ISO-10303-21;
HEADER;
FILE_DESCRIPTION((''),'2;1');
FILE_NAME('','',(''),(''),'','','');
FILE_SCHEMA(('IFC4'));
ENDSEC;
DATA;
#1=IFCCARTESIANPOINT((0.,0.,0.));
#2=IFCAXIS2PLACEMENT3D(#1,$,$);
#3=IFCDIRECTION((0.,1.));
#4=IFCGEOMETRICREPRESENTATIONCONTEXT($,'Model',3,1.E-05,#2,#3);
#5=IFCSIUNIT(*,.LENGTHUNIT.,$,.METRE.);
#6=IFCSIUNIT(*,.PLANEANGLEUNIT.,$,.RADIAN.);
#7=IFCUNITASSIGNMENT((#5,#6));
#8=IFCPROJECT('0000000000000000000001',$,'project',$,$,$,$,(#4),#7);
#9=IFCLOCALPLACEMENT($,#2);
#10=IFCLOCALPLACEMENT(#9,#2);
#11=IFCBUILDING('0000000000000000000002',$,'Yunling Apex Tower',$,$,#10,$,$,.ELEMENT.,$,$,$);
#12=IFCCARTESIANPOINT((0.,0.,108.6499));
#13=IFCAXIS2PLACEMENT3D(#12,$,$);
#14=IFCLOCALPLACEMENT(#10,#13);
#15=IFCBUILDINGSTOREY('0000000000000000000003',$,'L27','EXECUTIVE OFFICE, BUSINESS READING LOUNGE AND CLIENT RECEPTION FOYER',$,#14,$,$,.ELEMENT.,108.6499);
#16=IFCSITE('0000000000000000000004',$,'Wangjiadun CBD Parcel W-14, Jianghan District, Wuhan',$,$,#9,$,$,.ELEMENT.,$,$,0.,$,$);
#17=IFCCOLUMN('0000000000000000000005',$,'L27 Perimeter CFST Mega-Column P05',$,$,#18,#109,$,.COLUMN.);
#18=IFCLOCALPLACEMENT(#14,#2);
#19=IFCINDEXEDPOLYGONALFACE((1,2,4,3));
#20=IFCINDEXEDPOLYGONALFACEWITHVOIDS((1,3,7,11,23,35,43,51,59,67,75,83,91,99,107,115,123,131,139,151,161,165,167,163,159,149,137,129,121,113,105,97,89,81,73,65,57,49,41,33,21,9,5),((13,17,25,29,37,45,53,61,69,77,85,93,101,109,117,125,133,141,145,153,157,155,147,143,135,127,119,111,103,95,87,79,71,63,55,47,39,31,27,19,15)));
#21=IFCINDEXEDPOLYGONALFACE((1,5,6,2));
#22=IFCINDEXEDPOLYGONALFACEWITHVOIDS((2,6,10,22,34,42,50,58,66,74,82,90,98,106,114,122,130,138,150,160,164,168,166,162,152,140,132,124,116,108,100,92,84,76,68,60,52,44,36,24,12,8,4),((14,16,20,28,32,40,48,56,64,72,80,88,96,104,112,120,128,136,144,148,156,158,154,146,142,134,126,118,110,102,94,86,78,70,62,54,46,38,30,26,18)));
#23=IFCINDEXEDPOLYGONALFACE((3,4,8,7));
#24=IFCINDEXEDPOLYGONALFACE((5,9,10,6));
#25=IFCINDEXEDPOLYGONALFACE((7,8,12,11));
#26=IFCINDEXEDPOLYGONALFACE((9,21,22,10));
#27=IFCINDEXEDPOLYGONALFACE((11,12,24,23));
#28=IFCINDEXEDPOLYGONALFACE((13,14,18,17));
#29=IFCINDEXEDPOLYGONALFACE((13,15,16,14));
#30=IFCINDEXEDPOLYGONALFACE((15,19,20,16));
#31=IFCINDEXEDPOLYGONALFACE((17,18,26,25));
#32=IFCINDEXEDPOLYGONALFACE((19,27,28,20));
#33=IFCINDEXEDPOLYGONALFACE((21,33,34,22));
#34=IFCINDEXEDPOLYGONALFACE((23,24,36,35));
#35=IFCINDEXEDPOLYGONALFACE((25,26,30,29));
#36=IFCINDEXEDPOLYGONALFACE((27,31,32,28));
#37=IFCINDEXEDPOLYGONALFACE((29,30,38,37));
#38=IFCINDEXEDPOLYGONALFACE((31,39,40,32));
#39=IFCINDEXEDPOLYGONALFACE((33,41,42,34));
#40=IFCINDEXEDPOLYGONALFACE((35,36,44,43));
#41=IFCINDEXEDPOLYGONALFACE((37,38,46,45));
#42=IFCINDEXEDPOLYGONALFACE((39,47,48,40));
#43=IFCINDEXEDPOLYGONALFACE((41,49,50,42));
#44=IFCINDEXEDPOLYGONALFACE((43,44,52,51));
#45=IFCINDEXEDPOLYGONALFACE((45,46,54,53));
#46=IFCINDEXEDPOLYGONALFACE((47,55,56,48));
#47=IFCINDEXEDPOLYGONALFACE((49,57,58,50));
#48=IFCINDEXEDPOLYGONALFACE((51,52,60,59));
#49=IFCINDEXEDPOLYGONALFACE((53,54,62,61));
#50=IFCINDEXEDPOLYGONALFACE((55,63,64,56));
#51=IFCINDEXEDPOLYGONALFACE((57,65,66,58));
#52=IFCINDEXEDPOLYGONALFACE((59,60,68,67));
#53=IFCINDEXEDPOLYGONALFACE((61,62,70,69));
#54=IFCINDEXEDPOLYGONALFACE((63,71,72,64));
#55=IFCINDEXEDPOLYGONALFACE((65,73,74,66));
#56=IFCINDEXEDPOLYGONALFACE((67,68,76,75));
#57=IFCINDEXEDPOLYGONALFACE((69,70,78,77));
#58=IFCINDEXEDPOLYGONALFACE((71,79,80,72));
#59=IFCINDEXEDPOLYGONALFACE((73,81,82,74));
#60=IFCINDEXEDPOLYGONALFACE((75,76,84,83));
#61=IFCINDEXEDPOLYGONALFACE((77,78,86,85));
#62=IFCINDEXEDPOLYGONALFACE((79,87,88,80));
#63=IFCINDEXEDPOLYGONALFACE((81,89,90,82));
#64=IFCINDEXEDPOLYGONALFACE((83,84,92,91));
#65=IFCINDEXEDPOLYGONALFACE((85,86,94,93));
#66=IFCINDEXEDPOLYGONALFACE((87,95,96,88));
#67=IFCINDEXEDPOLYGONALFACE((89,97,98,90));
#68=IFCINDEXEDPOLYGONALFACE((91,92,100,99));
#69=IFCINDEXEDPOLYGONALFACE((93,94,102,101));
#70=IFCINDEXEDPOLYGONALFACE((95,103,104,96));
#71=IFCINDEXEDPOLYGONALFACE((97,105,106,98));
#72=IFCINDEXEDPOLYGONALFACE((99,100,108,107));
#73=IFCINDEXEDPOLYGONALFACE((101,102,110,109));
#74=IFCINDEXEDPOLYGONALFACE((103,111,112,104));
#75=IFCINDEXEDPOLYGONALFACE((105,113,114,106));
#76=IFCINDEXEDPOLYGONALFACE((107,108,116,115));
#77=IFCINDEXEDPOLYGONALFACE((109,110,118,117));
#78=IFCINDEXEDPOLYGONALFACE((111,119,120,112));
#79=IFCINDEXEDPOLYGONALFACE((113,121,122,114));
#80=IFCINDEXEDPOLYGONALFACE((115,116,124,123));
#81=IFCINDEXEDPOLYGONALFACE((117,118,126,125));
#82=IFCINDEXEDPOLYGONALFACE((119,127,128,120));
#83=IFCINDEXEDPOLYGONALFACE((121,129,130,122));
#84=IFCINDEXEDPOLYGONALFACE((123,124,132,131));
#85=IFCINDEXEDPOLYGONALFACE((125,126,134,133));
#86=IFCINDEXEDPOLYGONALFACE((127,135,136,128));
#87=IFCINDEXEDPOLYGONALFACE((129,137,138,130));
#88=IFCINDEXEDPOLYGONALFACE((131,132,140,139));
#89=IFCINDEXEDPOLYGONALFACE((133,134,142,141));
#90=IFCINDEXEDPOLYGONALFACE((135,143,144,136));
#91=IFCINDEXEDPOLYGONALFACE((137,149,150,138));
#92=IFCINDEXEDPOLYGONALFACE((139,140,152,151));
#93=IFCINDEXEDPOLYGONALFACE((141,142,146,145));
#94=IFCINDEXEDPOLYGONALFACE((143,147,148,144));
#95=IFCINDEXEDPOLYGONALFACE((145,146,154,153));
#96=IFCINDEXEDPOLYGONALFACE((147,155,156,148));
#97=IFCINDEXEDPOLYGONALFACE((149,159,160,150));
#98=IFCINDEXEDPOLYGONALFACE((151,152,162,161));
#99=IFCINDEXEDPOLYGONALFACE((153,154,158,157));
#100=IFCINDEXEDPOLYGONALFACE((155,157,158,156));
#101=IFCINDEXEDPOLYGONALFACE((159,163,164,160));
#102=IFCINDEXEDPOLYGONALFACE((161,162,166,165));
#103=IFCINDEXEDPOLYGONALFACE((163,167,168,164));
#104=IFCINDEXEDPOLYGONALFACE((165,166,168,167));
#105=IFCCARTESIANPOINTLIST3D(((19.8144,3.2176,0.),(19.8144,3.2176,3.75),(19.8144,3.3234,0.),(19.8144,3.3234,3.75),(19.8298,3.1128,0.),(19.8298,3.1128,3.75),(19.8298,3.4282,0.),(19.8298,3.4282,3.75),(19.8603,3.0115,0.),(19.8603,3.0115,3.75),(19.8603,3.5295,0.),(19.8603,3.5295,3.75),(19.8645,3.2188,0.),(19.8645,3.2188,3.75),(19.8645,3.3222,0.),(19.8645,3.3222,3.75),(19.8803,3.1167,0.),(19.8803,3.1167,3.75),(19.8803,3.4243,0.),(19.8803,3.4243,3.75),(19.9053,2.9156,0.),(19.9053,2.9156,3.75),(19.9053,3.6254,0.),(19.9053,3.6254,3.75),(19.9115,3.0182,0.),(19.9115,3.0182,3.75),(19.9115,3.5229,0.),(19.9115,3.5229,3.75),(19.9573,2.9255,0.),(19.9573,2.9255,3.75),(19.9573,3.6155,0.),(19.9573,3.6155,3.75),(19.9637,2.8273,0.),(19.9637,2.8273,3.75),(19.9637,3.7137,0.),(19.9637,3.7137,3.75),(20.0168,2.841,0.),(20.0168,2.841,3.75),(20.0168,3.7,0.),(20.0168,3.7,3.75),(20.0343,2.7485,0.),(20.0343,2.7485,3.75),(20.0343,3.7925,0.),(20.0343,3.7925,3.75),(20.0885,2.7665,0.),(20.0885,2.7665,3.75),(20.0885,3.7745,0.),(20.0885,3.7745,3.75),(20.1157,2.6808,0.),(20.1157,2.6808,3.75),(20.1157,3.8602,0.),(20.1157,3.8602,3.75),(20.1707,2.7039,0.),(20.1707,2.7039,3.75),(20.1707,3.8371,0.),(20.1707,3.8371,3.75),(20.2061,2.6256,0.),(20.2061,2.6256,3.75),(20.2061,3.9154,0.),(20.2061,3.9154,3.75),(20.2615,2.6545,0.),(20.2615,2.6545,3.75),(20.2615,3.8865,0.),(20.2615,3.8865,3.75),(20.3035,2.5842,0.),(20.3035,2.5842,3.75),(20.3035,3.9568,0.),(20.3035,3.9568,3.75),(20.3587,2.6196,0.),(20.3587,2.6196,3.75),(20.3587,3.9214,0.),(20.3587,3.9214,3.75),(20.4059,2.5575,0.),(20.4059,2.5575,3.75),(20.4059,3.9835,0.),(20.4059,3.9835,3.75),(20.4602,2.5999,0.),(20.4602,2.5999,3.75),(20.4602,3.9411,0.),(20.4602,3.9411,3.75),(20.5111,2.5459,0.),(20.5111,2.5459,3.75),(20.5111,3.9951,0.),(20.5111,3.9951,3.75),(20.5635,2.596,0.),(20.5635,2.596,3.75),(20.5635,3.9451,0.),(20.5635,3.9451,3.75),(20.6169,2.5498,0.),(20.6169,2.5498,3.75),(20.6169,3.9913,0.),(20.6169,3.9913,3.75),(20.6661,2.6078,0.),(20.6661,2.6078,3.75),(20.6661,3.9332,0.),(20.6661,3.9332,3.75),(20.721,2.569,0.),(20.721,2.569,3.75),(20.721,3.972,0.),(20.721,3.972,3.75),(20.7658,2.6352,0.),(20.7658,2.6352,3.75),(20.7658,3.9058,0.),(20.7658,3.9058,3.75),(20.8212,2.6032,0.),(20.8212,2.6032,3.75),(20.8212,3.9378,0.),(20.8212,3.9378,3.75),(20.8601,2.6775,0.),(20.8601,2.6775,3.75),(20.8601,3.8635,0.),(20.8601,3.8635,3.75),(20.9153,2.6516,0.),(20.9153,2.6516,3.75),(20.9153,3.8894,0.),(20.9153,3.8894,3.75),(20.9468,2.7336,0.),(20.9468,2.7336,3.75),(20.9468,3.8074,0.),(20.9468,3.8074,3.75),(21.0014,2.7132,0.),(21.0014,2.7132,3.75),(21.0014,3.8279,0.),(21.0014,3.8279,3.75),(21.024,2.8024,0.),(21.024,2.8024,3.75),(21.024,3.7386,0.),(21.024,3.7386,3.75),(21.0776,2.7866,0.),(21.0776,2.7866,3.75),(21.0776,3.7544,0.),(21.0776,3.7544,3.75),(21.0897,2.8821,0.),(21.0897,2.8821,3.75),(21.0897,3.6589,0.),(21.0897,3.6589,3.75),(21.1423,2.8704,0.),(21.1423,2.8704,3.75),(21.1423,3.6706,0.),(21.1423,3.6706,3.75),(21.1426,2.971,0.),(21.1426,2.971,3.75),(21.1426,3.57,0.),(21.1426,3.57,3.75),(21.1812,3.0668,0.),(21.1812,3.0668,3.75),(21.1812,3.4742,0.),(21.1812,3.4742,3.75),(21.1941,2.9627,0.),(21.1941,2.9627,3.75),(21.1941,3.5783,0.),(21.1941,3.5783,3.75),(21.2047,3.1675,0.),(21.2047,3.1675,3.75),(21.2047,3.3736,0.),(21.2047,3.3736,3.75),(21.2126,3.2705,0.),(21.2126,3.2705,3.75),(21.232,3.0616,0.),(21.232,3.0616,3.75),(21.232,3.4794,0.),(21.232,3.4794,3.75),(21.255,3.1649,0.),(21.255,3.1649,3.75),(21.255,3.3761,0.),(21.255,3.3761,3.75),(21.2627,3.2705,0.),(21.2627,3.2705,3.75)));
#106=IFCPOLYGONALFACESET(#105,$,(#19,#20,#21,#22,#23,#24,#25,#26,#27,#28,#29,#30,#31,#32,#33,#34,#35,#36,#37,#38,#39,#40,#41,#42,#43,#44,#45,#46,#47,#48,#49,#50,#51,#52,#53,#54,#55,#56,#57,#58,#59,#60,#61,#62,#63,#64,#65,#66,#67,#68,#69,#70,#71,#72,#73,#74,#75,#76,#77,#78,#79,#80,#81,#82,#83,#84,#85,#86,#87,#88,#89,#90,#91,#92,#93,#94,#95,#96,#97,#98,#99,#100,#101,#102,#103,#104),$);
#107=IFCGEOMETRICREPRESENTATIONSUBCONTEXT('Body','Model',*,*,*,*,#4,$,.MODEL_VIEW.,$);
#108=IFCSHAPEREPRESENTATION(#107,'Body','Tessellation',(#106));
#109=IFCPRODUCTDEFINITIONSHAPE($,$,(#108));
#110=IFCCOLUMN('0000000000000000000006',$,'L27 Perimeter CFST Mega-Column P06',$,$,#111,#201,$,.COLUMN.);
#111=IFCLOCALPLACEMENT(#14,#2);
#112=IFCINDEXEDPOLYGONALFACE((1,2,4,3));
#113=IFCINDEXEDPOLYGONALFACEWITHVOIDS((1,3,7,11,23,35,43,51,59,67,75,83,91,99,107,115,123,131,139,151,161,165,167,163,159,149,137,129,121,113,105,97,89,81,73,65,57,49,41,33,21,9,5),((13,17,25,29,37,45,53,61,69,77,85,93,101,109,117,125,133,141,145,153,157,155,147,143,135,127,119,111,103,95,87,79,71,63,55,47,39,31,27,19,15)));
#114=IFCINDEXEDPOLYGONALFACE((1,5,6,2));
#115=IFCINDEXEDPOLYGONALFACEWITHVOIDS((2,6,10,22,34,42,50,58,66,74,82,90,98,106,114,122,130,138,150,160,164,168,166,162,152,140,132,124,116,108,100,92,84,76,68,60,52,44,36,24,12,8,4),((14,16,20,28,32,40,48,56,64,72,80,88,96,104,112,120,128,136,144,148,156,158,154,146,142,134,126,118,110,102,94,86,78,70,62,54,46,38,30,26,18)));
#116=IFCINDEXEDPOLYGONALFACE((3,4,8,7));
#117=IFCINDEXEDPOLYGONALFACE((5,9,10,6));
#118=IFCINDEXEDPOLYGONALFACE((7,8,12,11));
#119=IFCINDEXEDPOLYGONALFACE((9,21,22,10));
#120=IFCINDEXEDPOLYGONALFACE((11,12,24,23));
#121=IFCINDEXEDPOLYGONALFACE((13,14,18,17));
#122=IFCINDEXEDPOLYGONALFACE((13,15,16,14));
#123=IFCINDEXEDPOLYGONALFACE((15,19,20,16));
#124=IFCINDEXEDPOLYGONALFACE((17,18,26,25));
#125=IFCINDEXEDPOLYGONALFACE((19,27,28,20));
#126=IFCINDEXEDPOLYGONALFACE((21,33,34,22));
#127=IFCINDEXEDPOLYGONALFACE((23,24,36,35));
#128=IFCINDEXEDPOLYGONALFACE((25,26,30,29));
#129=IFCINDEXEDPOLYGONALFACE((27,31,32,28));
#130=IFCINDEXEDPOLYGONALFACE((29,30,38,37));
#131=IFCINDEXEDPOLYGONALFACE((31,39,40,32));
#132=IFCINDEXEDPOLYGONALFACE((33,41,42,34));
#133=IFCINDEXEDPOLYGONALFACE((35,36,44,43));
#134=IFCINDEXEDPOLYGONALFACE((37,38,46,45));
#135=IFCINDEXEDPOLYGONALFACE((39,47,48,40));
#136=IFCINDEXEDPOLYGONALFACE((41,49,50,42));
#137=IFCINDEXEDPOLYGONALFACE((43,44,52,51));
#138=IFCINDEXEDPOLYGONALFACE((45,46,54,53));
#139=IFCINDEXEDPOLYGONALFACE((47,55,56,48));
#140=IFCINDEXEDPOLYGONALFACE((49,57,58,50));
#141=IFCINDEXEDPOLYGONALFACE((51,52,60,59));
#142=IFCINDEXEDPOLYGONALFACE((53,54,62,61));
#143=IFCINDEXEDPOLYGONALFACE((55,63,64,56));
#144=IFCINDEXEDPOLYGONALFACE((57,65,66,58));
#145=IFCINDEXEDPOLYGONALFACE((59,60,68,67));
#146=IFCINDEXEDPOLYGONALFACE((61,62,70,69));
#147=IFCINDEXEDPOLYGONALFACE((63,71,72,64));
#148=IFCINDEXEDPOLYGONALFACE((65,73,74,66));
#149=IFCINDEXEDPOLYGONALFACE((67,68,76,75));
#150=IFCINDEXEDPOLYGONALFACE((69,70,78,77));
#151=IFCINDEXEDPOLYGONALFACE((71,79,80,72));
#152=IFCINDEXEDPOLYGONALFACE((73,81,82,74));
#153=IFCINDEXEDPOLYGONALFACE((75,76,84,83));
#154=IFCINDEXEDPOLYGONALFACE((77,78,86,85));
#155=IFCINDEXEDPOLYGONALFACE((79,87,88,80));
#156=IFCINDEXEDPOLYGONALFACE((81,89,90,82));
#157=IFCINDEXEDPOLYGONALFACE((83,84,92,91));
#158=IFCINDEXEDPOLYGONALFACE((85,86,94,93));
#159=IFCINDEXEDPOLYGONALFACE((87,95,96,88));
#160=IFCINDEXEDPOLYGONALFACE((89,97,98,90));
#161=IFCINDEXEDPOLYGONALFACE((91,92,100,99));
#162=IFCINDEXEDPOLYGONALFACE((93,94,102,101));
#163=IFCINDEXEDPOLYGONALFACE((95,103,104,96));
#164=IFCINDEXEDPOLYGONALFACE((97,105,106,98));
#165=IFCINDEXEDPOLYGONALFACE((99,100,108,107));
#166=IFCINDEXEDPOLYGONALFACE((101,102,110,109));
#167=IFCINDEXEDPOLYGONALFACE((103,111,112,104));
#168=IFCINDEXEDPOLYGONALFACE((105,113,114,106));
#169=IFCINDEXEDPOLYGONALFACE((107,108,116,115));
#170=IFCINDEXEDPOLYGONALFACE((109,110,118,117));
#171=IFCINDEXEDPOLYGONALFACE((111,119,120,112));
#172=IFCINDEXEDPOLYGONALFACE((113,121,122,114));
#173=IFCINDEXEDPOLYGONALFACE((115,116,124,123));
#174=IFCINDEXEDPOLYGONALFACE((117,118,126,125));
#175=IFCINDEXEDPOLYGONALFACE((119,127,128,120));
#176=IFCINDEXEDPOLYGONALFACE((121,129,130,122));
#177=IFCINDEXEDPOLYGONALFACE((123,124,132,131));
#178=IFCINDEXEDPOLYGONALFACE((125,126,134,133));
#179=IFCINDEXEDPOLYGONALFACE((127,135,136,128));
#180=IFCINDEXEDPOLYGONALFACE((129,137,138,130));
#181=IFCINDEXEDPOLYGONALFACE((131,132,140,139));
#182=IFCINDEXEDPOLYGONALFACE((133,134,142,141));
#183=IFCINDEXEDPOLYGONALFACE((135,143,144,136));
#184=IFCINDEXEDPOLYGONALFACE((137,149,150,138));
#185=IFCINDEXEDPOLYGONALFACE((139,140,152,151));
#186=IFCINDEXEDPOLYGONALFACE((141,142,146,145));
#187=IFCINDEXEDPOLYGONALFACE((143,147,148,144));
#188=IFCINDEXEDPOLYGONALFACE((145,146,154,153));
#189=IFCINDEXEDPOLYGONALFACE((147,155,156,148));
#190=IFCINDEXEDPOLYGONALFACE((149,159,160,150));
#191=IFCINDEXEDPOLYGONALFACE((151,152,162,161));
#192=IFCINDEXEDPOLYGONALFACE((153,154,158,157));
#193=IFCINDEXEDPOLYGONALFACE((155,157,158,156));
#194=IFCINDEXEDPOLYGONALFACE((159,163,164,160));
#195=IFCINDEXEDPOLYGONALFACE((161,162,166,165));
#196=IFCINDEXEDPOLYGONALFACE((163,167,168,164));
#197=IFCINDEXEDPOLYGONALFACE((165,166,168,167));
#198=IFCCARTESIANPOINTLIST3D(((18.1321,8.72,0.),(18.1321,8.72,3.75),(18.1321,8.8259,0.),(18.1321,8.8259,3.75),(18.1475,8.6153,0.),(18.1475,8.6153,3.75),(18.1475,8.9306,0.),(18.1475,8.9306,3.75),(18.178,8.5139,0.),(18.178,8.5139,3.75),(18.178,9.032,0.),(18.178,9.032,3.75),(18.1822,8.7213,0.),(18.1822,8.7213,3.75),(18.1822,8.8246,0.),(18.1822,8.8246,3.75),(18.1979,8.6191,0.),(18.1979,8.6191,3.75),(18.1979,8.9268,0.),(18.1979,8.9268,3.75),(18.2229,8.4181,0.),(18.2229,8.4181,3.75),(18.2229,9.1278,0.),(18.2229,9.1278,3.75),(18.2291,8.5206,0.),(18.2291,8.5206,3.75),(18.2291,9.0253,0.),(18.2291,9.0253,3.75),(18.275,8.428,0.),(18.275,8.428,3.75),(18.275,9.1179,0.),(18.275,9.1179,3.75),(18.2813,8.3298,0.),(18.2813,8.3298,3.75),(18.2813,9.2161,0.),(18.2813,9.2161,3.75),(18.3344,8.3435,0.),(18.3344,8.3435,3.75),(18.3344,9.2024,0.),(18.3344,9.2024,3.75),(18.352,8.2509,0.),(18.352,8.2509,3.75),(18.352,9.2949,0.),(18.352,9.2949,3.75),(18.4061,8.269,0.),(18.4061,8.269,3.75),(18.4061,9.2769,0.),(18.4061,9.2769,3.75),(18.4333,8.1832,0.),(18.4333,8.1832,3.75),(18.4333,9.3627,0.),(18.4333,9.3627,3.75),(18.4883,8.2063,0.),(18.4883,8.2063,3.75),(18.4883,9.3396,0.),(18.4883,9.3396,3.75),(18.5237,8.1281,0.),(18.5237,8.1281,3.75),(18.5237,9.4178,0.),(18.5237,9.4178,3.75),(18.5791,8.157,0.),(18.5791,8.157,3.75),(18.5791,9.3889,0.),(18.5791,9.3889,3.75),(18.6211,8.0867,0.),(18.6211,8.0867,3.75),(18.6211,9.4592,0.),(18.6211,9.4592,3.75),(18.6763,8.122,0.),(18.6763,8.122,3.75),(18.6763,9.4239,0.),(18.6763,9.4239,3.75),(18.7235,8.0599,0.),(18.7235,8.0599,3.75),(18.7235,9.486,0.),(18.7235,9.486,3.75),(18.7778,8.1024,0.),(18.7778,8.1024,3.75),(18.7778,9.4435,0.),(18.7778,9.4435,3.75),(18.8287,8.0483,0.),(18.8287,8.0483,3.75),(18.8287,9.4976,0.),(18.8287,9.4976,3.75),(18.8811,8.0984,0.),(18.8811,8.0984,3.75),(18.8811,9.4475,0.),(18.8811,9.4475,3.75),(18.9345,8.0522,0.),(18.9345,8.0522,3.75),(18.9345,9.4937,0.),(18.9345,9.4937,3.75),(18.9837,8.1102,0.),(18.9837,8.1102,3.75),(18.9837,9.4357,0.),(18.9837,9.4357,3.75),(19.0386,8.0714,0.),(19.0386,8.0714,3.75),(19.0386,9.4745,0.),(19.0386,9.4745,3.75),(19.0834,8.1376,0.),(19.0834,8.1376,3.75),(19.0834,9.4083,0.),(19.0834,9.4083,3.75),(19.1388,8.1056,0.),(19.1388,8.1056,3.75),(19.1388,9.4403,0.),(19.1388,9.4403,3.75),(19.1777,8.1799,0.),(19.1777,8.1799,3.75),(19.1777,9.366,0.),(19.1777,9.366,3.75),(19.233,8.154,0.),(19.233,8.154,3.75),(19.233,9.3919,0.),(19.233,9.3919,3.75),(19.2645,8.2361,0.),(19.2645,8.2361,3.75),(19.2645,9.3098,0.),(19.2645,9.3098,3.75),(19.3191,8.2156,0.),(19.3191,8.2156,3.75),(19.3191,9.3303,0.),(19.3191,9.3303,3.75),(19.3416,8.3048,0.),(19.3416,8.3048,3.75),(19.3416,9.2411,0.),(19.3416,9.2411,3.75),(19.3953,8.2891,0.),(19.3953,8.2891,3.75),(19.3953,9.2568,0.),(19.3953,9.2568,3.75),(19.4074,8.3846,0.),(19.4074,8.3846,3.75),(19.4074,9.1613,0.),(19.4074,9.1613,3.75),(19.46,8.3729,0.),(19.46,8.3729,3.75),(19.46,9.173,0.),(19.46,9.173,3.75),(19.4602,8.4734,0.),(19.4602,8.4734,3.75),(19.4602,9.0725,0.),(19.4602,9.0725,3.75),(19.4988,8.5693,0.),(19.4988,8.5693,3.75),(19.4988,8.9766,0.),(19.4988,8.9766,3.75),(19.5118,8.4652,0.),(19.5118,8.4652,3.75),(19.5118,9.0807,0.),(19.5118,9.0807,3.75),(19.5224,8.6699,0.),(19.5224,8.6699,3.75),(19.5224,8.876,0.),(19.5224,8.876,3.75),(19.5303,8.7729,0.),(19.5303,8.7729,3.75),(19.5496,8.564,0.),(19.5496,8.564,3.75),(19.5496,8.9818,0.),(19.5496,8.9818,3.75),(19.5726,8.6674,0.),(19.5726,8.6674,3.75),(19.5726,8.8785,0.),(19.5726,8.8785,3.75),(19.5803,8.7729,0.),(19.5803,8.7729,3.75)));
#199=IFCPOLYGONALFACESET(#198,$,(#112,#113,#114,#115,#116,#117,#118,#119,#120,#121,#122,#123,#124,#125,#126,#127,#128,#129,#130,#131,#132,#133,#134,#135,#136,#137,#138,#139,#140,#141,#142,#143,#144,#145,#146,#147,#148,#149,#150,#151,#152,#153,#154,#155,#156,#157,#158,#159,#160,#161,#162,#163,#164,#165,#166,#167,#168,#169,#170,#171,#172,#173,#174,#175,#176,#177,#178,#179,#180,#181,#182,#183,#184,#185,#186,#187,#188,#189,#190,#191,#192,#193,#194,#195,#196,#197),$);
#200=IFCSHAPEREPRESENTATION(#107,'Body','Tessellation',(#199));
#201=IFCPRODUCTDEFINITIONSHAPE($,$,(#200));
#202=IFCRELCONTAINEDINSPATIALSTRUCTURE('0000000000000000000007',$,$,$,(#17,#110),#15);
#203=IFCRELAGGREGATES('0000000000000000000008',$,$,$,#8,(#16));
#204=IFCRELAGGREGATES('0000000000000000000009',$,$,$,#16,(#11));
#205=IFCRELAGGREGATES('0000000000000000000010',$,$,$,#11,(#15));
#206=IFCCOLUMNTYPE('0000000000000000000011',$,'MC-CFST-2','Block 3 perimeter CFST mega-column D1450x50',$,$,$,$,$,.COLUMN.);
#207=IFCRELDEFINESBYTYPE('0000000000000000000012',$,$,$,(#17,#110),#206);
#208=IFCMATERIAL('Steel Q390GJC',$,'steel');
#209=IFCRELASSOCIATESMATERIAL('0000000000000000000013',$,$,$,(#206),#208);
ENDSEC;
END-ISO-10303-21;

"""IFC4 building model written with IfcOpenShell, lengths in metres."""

from ifc_helpers import new_model, si_unit, direction, frame, origin, origin_2d, place, context, subcontext, project, spatial, hollow_circle, extrude, source, transform, mapped, material, material_profile, profile_set, type_object, element, save


model = new_model("IFC4")

# Units and contexts
model_context = context("Model", 3, precision=1e-05, world=origin(), true_north=direction((0.0, 1.0)))
body_context = subcontext(model_context, "Body", "Model", "MODEL_VIEW")
ifc_project = project(units=[si_unit("LENGTHUNIT", "METRE"), si_unit("PLANEANGLEUNIT", "RADIAN")], contexts=[model_context])

# Site, building, storey
site_placement = place(None, origin())
site = spatial("IfcSite", under=ifc_project, at=site_placement, Name="Wangjiadun CBD Parcel W-14, Jianghan District, Wuhan", CompositionType="ELEMENT", RefElevation=0.0)
building_placement = place(site_placement, origin())
building = spatial("IfcBuilding", under=site, at=building_placement, Name="Yunling Apex Tower", CompositionType="ELEMENT")
storey_placement = place(building_placement, frame((0.0, 0.0, 108.6499)))
storey = spatial("IfcBuildingStorey", under=building, at=storey_placement, Name="L27", Description="EXECUTIVE OFFICE, BUSINESS READING LOUNGE AND CLIENT RECEPTION FOYER", CompositionType="ELEMENT", Elevation=108.6499)

# Columns
ifc_material_1 = material(Name="Steel Q390GJC", Category="steel")
ifc_material_profile_1 = material_profile(ifc_material_1, hollow_circle(Radius=0.7251, WallThickness=0.05, at=origin_2d()))
ifc_profile_set_1 = profile_set([ifc_material_profile_1], Name="Steel Q390GJC")
column_type = type_object("IfcColumnType", Name="MC-CFST-2", Description="Block 3 perimeter CFST mega-column D1450x50", PredefinedType="COLUMN", material=ifc_profile_set_1)
shared_shape_1 = source(origin(), body_context, "Body", "SweptSolid", [
    extrude(hollow_circle(Radius=0.7251, WallThickness=0.05, at=origin_2d()), origin(), (0.0, 0.0, 1.0), 3.75),
])
for number, where, z_axis, x_axis, name in (
    (1, (20.5376, 3.2705, 0.0), (0.0, 0.0, 1.0), (1.0, 0.0, 0.0), "L27 Perimeter CFST Mega-Column P05"),
    (2, (18.8552, 8.7729, 0.0), (0.0, 0.0, 1.0), (1.0, 0.0, 0.0), "L27 Perimeter CFST Mega-Column P06"),
):
    element("IfcColumn", number, at=place(storey_placement, frame(where, z_axis=z_axis, x_axis=x_axis)), inside=storey, type_object=column_type, Name=name, PredefinedType="COLUMN", context=body_context, shape_type="MappedRepresentation", body=[
        mapped(shared_shape_1, transform((0.0, 0.0, 0.0), scale=1.0)),
    ])

save(model, "model.ifc")
